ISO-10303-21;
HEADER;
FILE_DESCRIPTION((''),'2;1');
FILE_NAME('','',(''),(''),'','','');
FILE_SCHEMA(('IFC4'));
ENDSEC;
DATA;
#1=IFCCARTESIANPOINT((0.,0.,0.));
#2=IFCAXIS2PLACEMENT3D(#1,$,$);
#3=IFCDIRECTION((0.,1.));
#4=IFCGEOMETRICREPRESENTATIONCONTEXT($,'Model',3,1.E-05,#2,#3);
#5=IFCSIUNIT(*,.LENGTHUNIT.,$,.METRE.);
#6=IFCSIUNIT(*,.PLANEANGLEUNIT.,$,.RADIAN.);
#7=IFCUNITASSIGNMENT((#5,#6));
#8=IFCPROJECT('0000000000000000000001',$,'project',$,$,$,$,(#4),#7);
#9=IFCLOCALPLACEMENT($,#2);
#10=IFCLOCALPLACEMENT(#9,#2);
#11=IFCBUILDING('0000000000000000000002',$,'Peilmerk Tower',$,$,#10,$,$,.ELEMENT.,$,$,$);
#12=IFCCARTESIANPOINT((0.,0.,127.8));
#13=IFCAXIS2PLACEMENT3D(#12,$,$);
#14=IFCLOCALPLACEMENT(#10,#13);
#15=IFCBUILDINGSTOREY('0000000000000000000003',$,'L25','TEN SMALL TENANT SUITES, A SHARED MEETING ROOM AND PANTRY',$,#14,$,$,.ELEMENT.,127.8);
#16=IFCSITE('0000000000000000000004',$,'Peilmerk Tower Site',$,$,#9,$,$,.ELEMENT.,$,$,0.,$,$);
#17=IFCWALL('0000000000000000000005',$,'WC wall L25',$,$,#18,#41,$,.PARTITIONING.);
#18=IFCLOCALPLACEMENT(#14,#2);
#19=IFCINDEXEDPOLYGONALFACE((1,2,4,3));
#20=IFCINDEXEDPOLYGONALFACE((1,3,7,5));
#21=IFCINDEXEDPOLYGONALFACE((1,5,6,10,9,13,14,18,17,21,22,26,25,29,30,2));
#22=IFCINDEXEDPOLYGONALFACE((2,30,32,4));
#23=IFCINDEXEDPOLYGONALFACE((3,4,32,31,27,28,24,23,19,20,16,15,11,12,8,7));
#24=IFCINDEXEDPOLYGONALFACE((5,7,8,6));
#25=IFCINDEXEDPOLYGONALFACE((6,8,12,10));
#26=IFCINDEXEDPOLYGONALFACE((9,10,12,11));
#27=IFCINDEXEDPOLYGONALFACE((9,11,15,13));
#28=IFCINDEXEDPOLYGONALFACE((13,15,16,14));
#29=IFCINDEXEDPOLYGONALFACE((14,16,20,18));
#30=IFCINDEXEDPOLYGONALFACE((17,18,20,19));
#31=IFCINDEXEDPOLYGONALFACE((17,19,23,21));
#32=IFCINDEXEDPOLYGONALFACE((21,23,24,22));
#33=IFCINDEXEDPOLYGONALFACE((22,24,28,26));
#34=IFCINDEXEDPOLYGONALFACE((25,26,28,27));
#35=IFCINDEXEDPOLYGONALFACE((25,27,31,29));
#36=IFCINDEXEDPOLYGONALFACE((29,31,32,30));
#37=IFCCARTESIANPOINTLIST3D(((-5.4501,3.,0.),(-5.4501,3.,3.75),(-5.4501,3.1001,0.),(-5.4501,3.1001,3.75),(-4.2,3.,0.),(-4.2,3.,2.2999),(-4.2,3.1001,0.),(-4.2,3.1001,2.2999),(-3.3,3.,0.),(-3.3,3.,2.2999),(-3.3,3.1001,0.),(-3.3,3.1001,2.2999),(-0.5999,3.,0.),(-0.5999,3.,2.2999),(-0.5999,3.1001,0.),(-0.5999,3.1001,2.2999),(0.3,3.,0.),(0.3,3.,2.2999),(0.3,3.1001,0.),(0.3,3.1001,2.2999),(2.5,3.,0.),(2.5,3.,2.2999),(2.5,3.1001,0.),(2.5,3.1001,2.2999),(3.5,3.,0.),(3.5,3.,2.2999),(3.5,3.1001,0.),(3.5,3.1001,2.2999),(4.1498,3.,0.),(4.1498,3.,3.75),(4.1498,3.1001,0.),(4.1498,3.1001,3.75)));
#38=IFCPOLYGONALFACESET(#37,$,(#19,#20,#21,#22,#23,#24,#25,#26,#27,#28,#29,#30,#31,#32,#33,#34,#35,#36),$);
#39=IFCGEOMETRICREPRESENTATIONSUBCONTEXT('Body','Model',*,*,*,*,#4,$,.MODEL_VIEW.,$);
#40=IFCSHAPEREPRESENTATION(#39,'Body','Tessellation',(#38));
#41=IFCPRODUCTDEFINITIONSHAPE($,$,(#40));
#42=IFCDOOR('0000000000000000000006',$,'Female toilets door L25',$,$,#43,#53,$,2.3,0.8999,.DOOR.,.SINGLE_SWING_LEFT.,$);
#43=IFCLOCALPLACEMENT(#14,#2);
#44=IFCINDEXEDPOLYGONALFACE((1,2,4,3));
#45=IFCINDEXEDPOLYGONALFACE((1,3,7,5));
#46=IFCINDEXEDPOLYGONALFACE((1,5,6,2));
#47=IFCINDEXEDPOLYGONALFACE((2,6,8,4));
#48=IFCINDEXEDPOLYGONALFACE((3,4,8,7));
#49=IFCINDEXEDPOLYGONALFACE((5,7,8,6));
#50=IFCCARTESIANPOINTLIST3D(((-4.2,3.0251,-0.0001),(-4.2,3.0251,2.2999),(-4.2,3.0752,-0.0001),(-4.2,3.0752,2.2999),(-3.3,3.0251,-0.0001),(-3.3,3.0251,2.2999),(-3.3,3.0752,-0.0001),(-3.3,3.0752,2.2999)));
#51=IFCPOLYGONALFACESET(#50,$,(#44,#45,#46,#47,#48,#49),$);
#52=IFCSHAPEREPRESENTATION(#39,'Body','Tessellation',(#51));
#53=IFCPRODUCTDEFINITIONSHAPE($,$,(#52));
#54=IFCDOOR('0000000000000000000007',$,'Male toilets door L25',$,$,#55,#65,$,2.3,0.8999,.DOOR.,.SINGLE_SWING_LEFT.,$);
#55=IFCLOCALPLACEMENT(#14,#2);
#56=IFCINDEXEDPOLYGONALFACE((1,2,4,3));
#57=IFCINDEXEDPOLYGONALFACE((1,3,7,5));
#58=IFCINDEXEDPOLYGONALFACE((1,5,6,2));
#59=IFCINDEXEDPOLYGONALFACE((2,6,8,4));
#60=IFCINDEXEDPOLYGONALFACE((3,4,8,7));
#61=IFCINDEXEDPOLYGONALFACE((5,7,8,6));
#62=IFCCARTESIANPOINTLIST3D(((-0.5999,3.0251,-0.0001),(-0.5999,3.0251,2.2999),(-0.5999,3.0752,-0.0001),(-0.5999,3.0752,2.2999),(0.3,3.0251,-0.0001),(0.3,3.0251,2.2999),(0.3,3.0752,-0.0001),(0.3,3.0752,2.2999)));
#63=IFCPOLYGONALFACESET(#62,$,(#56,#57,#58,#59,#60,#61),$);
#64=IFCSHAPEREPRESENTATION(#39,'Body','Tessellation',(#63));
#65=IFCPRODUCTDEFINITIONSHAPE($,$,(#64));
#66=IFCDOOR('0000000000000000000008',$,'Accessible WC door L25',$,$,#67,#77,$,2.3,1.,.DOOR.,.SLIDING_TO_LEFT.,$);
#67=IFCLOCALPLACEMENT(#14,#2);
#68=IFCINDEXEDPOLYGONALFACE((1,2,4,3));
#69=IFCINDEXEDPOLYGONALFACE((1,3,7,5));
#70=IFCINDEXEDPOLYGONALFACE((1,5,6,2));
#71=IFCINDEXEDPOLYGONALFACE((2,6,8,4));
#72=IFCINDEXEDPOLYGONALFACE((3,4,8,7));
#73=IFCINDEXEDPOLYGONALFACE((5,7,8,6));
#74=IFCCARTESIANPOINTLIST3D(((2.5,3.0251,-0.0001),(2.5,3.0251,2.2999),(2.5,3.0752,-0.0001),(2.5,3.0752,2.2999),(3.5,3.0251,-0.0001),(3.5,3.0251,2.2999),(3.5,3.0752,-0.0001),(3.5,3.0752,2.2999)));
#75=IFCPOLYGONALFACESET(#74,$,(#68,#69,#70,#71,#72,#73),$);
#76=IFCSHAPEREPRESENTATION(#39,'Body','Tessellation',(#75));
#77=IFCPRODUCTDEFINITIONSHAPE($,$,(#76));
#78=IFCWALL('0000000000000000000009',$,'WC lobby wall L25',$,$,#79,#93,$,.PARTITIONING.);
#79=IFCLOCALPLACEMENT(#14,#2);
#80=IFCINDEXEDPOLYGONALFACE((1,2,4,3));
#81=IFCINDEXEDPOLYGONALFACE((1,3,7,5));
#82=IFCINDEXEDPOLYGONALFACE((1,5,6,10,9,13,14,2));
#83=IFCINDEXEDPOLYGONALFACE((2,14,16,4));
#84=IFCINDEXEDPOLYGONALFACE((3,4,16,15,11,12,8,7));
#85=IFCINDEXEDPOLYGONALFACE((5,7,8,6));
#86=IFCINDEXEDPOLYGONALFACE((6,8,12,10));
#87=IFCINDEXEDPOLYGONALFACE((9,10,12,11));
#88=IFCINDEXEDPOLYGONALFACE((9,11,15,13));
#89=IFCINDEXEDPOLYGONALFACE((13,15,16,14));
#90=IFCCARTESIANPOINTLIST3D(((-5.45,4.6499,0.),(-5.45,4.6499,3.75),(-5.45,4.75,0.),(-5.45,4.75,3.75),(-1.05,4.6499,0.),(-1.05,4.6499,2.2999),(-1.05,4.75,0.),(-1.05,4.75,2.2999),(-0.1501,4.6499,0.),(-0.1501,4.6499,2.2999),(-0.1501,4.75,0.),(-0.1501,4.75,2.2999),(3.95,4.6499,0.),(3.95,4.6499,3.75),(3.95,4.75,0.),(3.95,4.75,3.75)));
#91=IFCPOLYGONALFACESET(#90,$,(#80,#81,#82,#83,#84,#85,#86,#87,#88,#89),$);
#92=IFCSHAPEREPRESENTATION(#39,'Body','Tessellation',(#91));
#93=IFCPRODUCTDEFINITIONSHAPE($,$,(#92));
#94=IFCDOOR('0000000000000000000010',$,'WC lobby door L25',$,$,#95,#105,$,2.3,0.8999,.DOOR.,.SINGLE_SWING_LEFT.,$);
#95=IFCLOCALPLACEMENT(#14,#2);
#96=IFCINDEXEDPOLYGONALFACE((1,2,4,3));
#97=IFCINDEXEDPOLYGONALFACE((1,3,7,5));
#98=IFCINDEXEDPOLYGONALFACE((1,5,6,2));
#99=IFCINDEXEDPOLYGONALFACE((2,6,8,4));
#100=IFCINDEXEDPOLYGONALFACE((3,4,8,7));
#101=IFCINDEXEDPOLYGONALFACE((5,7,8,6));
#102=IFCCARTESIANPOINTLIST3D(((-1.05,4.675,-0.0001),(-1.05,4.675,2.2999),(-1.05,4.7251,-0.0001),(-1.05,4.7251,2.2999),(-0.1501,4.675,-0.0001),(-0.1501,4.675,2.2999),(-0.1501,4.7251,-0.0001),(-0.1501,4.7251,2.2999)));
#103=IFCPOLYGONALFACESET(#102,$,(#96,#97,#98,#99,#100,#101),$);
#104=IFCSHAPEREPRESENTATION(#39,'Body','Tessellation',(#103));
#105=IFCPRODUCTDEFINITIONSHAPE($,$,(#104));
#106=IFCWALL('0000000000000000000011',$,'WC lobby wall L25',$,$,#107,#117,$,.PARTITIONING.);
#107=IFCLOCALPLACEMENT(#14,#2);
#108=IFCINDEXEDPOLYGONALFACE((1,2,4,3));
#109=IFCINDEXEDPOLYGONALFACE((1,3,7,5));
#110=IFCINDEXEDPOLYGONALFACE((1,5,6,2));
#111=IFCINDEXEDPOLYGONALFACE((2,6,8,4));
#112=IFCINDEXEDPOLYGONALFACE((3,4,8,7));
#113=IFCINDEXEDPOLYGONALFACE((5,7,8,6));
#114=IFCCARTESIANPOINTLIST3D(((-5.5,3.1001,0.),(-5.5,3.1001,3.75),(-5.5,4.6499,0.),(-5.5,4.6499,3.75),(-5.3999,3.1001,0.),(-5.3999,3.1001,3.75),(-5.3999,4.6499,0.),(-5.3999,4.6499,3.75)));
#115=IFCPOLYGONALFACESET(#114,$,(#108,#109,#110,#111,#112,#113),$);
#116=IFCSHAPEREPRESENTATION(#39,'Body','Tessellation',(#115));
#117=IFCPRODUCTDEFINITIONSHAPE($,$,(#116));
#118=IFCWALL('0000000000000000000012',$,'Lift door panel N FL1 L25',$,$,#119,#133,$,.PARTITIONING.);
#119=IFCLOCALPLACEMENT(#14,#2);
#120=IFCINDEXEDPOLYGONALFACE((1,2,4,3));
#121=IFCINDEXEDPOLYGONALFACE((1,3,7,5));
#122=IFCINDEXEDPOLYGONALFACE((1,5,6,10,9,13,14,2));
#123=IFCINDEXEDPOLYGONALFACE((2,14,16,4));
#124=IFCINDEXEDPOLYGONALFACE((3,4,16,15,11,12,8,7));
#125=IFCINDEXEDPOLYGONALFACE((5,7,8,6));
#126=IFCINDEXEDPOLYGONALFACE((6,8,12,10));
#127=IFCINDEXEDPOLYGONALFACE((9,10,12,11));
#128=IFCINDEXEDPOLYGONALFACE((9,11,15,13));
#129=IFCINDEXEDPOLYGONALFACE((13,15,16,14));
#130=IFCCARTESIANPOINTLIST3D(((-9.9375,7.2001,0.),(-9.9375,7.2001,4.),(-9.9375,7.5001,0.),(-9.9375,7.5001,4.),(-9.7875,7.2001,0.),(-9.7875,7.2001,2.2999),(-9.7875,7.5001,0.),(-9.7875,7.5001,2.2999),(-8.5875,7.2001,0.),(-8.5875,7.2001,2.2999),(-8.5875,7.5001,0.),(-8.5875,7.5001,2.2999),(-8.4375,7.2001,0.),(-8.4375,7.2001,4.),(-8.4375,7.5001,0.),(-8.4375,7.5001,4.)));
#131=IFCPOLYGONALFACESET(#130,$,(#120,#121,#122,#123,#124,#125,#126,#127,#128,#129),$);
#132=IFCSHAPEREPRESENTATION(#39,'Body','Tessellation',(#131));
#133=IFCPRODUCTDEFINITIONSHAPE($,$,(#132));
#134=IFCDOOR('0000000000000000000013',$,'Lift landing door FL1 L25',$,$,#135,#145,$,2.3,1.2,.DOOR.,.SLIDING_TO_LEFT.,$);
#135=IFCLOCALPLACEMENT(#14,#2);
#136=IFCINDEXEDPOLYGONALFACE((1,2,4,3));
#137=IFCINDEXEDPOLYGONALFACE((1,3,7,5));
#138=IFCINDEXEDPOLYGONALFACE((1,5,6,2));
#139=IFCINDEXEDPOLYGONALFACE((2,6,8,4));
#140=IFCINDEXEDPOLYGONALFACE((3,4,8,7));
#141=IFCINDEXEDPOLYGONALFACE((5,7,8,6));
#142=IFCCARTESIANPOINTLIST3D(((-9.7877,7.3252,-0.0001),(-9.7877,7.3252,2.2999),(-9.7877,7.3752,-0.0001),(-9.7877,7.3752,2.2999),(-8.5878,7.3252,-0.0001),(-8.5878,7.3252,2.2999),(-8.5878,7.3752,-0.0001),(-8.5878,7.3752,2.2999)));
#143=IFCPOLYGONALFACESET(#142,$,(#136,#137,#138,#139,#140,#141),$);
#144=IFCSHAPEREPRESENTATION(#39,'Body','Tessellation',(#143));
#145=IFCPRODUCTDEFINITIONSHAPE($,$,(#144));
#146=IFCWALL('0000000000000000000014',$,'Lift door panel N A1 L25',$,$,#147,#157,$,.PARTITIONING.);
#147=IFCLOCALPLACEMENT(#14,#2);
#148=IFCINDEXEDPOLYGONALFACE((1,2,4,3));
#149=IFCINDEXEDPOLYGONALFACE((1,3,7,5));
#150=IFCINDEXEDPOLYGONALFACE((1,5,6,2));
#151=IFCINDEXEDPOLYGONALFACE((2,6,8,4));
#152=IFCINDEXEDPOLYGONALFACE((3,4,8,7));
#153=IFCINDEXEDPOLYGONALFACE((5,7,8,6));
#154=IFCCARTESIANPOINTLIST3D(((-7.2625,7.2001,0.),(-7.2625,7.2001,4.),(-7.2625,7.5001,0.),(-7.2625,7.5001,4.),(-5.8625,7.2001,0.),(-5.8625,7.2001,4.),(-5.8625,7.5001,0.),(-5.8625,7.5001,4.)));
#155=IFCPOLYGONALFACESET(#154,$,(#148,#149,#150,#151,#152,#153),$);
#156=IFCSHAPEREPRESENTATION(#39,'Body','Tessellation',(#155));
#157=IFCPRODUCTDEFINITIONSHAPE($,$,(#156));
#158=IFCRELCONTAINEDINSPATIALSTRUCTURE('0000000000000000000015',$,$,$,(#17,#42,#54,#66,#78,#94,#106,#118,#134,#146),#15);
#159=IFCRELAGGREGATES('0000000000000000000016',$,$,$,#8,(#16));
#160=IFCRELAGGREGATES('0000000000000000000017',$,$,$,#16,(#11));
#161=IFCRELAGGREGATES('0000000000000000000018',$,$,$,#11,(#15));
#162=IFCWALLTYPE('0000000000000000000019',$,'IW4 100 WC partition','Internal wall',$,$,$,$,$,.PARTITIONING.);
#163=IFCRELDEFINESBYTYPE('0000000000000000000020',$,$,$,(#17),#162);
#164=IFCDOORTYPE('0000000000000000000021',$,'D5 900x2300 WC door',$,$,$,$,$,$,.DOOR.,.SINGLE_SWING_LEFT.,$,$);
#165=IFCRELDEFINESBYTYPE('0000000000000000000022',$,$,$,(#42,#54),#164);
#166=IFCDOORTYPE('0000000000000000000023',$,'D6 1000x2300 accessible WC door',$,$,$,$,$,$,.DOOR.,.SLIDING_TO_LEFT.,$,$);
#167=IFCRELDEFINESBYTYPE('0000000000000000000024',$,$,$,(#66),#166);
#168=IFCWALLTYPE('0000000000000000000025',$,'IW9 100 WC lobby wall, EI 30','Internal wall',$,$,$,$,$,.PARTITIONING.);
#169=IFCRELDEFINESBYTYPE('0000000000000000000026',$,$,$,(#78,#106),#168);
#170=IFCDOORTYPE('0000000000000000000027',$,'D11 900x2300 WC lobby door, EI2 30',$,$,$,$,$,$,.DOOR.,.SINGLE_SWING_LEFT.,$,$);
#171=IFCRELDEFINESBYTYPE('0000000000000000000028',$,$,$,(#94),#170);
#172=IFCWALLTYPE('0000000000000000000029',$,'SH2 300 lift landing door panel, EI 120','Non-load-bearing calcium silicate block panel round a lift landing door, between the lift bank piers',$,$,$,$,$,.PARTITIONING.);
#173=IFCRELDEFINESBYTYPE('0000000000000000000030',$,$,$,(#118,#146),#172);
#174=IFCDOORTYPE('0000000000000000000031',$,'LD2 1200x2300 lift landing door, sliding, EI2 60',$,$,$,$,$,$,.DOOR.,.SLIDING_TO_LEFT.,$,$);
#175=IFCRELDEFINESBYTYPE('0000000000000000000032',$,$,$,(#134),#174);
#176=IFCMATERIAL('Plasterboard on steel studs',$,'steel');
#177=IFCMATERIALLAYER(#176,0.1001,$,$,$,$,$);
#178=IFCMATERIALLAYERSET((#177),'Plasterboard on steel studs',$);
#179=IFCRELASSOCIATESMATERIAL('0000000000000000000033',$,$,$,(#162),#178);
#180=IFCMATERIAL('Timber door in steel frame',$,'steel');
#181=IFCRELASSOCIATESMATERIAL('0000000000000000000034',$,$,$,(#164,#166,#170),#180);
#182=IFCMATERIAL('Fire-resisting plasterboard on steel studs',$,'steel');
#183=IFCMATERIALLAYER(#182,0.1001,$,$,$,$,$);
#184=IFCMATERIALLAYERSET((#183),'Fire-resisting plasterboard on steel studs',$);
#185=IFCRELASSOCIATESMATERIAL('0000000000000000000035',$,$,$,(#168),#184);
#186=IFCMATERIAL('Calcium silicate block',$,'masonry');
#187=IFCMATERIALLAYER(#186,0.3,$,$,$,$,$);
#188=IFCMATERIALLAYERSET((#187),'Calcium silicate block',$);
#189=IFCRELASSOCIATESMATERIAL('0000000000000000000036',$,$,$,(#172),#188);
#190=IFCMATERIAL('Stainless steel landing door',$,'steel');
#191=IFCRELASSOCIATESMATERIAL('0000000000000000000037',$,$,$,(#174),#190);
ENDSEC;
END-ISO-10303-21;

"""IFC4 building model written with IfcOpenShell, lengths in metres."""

from ifc_helpers import new_model, si_unit, direction, frame, frame_2d, origin, place, context, subcontext, project, spatial, rectangle, extrude, material, layer, layer_set, type_object, element, fill, save


model = new_model("IFC4")

# Units and contexts
model_context = context("Model", 3, precision=1e-05, world=origin(), true_north=direction((0.0, 1.0)))
body_context = subcontext(model_context, "Body", "Model", "MODEL_VIEW")
ifc_project = project(units=[si_unit("LENGTHUNIT", "METRE"), si_unit("PLANEANGLEUNIT", "RADIAN")], contexts=[model_context])

# Site, building, storey
site_placement = place(None, origin())
site = spatial("IfcSite", under=ifc_project, at=site_placement, Name="Peilmerk Tower Site", CompositionType="ELEMENT", RefElevation=0.0)
building_placement = place(site_placement, origin())
building = spatial("IfcBuilding", under=site, at=building_placement, Name="Peilmerk Tower", CompositionType="ELEMENT")
storey_placement = place(building_placement, frame((0.0, 0.0, 127.8)))
storey = spatial("IfcBuildingStorey", under=building, at=storey_placement, Name="L25", Description="TEN SMALL TENANT SUITES, A SHARED MEETING ROOM AND PANTRY", CompositionType="ELEMENT", Elevation=127.8)

# Wall, openings, doors
ifc_material_1 = material(Name="Plasterboard on steel studs", Category="steel")
ifc_layer_1 = layer(ifc_material_1, 0.1001)
ifc_layer_set_1 = layer_set([ifc_layer_1], Name="Plasterboard on steel studs")
wall_type_1 = type_object("IfcWallType", Name="IW4 100 WC partition", Description="Internal wall", PredefinedType="PARTITIONING", material=ifc_layer_set_1)
wall_1_placement = place(storey_placement, frame((-5.45, 3.05, 0.0), z_axis=(0.0, 0.0, 1.0), x_axis=(1.0, 0.0, 0.0)))
wall_1 = element("IfcWall", 1, at=wall_1_placement, inside=storey, type_object=wall_type_1, Name="WC wall L25", PredefinedType="PARTITIONING", context=body_context, shape_type="SweptSolid", body=[
    extrude(rectangle(XDim=9.5999, YDim=0.1001, at=frame_2d((4.7998, 0.0))), origin(), (0.0, 0.0, 1.0), 3.75),
])
opening_1_placement = place(wall_1_placement, frame((1.25, 0.0, 0.0)))
opening_1 = element("IfcOpeningElement", 2, at=opening_1_placement, cuts=wall_1, PredefinedType="OPENING", context=body_context, shape_type="SweptSolid", body=[
    extrude(rectangle(XDim=0.8999, YDim=2.3, at=frame_2d((0.45, 1.1499))), frame((0.0, 0.0601, 0.0), z_axis=(0.0, -1.0, 0.0), x_axis=(1.0, 0.0, 0.0)), (0.0, 0.0, 1.0), 0.1201),
])
opening_2_placement = place(wall_1_placement, frame((4.8501, 0.0, 0.0)))
opening_2 = element("IfcOpeningElement", 3, at=opening_2_placement, cuts=wall_1, PredefinedType="OPENING", context=body_context, shape_type="SweptSolid", body=[
    extrude(rectangle(XDim=0.8999, YDim=2.3, at=frame_2d((0.45, 1.1499))), frame((0.0, 0.0601, 0.0), z_axis=(0.0, -1.0, 0.0), x_axis=(1.0, 0.0, 0.0)), (0.0, 0.0, 1.0), 0.1201),
])
opening_3_placement = place(wall_1_placement, frame((7.95, 0.0, 0.0)))
opening_3 = element("IfcOpeningElement", 4, at=opening_3_placement, cuts=wall_1, PredefinedType="OPENING", context=body_context, shape_type="SweptSolid", body=[
    extrude(rectangle(XDim=1.0, YDim=2.3, at=frame_2d((0.5, 1.1499))), frame((0.0, 0.0601, 0.0), z_axis=(0.0, -1.0, 0.0), x_axis=(1.0, 0.0, 0.0)), (0.0, 0.0, 1.0), 0.1201),
])
ifc_material_2 = material(Name="Timber door in steel frame", Category="steel")
door_type_1 = type_object("IfcDoorType", Name="D5 900x2300 WC door", OperationType="SINGLE_SWING_LEFT", PredefinedType="DOOR", material=ifc_material_2)
door_1_placement = place(opening_1_placement, frame((0.8999, 0.0, 0.0), z_axis=(0.0, 0.0, 1.0), x_axis=(-1.0, 0.0, 0.0)))
door_1 = element("IfcDoor", 5, at=door_1_placement, inside=storey, type_object=door_type_1, Name="Female toilets door L25", OperationType="SINGLE_SWING_LEFT", OverallHeight=2.3, OverallWidth=0.8999, PredefinedType="DOOR", context=body_context, shape_type="SweptSolid", body=[
    extrude(rectangle(XDim=0.8999, YDim=2.3, at=frame_2d((0.45, 1.1499))), frame((0.0, 0.0249, 0.0), z_axis=(0.0, -1.0, 0.0), x_axis=(1.0, 0.0, 0.0)), (0.0, 0.0, 1.0), 0.05),
])
fill(opening_1, door_1)
door_2_placement = place(opening_2_placement, frame((0.8999, 0.0, 0.0), z_axis=(0.0, 0.0, 1.0), x_axis=(-1.0, 0.0, 0.0)))
door_2 = element("IfcDoor", 6, at=door_2_placement, inside=storey, type_object=door_type_1, Name="Male toilets door L25", OperationType="SINGLE_SWING_LEFT", OverallHeight=2.3, OverallWidth=0.8999, PredefinedType="DOOR", context=body_context, shape_type="SweptSolid", body=[
    extrude(rectangle(XDim=0.8999, YDim=2.3, at=frame_2d((0.45, 1.1499))), frame((0.0, 0.0249, 0.0), z_axis=(0.0, -1.0, 0.0), x_axis=(1.0, 0.0, 0.0)), (0.0, 0.0, 1.0), 0.05),
])
fill(opening_2, door_2)
door_type_2 = type_object("IfcDoorType", Name="D6 1000x2300 accessible WC door", OperationType="SLIDING_TO_LEFT", PredefinedType="DOOR", material=ifc_material_2)
door_3_placement = place(opening_3_placement, frame((1.0, 0.0, 0.0), z_axis=(0.0, 0.0, 1.0), x_axis=(-1.0, 0.0, 0.0)))
door_3 = element("IfcDoor", 7, at=door_3_placement, inside=storey, type_object=door_type_2, Name="Accessible WC door L25", OperationType="SLIDING_TO_LEFT", OverallHeight=2.3, OverallWidth=1.0, PredefinedType="DOOR", context=body_context, shape_type="SweptSolid", body=[
    extrude(rectangle(XDim=1.0, YDim=2.3, at=frame_2d((0.5, 1.1499))), frame((0.0, 0.0249, 0.0), z_axis=(0.0, -1.0, 0.0), x_axis=(1.0, 0.0, 0.0)), (0.0, 0.0, 1.0), 0.05),
])
fill(opening_3, door_3)

# Wall, opening, door
ifc_material_3 = material(Name="Fire-resisting plasterboard on steel studs", Category="steel")
ifc_layer_2 = layer(ifc_material_3, 0.1001)
ifc_layer_set_2 = layer_set([ifc_layer_2], Name="Fire-resisting plasterboard on steel studs")
wall_type_2 = type_object("IfcWallType", Name="IW9 100 WC lobby wall, EI 30", Description="Internal wall", PredefinedType="PARTITIONING", material=ifc_layer_set_2)
wall_2_placement = place(storey_placement, frame((-5.45, 4.7, 0.0), z_axis=(0.0, 0.0, 1.0), x_axis=(1.0, 0.0, 0.0)))
wall_2 = element("IfcWall", 8, at=wall_2_placement, inside=storey, type_object=wall_type_2, Name="WC lobby wall L25", PredefinedType="PARTITIONING", context=body_context, shape_type="SweptSolid", body=[
    extrude(rectangle(XDim=9.3999, YDim=0.1001, at=frame_2d((4.7, 0.0))), origin(), (0.0, 0.0, 1.0), 3.75),
])
opening_4_placement = place(wall_2_placement, frame((4.3999, 0.0, 0.0)))
opening_4 = element("IfcOpeningElement", 9, at=opening_4_placement, cuts=wall_2, PredefinedType="OPENING", context=body_context, shape_type="SweptSolid", body=[
    extrude(rectangle(XDim=0.8999, YDim=2.3, at=frame_2d((0.45, 1.1499))), frame((0.0, 0.0601, 0.0), z_axis=(0.0, -1.0, 0.0), x_axis=(1.0, 0.0, 0.0)), (0.0, 0.0, 1.0), 0.1201),
])
door_type_3 = type_object("IfcDoorType", Name="D11 900x2300 WC lobby door, EI2 30", OperationType="SINGLE_SWING_LEFT", PredefinedType="DOOR", material=ifc_material_2)
door_4_placement = place(opening_4_placement, frame((0.8999, 0.0, 0.0), z_axis=(0.0, 0.0, 1.0), x_axis=(-1.0, 0.0, 0.0)))
door_4 = element("IfcDoor", 10, at=door_4_placement, inside=storey, type_object=door_type_3, Name="WC lobby door L25", OperationType="SINGLE_SWING_LEFT", OverallHeight=2.3, OverallWidth=0.8999, PredefinedType="DOOR", context=body_context, shape_type="SweptSolid", body=[
    extrude(rectangle(XDim=0.8999, YDim=2.3, at=frame_2d((0.45, 1.1499))), frame((0.0, 0.0249, 0.0), z_axis=(0.0, -1.0, 0.0), x_axis=(1.0, 0.0, 0.0)), (0.0, 0.0, 1.0), 0.05),
])
fill(opening_4, door_4)

# Wall
wall_3_placement = place(storey_placement, frame((-5.45, 3.1001, 0.0), z_axis=(0.0, 0.0, 1.0), x_axis=(0.0, 1.0, 0.0)))
element("IfcWall", 11, at=wall_3_placement, inside=storey, type_object=wall_type_2, Name="WC lobby wall L25", PredefinedType="PARTITIONING", context=body_context, shape_type="SweptSolid", body=[
    extrude(rectangle(XDim=1.5498, YDim=0.1001, at=frame_2d((0.7749, 0.0))), origin(), (0.0, 0.0, 1.0), 3.75),
])

# Wall, opening, door
ifc_material_4 = material(Name="Calcium silicate block", Category="masonry")
ifc_layer_3 = layer(ifc_material_4, 0.3)
ifc_layer_set_3 = layer_set([ifc_layer_3], Name="Calcium silicate block")
wall_type_3 = type_object("IfcWallType", Name="SH2 300 lift landing door panel, EI 120", Description="Non-load-bearing calcium silicate block panel round a lift landing door, between the lift bank piers", PredefinedType="PARTITIONING", material=ifc_layer_set_3)
wall_4_placement = place(storey_placement, frame((-9.9375, 7.3501, 0.0), z_axis=(0.0, 0.0, 1.0), x_axis=(1.0, 0.0, 0.0)))
wall_4 = element("IfcWall", 12, at=wall_4_placement, inside=storey, type_object=wall_type_3, Name="Lift door panel N FL1 L25", PredefinedType="PARTITIONING", context=body_context, shape_type="SweptSolid", body=[
    extrude(rectangle(XDim=1.5, YDim=0.3, at=frame_2d((0.75, 0.0))), origin(), (0.0, 0.0, 1.0), 4.0),
])
opening_5_placement = place(wall_4_placement, frame((0.1499, 0.0, 0.0)))
opening_5 = element("IfcOpeningElement", 13, at=opening_5_placement, cuts=wall_4, PredefinedType="OPENING", context=body_context, shape_type="SweptSolid", body=[
    extrude(rectangle(XDim=1.2, YDim=2.3, at=frame_2d((0.6001, 1.1499))), frame((0.0, 0.1599, 0.0), z_axis=(0.0, -1.0, 0.0), x_axis=(1.0, 0.0, 0.0)), (0.0, 0.0, 1.0), 0.3201),
])
ifc_material_5 = material(Name="Stainless steel landing door", Category="steel")
door_type_4 = type_object("IfcDoorType", Name="LD2 1200x2300 lift landing door, sliding, EI2 60", OperationType="SLIDING_TO_LEFT", PredefinedType="DOOR", material=ifc_material_5)
door_5_placement = place(opening_5_placement, frame((1.2, 0.0, 0.0), z_axis=(0.0, 0.0, 1.0), x_axis=(-1.0, 0.0, 0.0)))
door_5 = element("IfcDoor", 14, at=door_5_placement, inside=storey, type_object=door_type_4, Name="Lift landing door FL1 L25", OperationType="SLIDING_TO_LEFT", OverallHeight=2.3, OverallWidth=1.2, PredefinedType="DOOR", context=body_context, shape_type="SweptSolid", body=[
    extrude(rectangle(XDim=1.2, YDim=2.3, at=frame_2d((0.6001, 1.1499))), frame((0.0, 0.0249, 0.0), z_axis=(0.0, -1.0, 0.0), x_axis=(1.0, 0.0, 0.0)), (0.0, 0.0, 1.0), 0.05),
])
fill(opening_5, door_5)

# Wall
for number, where, z_axis, x_axis, name in (
    (15, (-7.2625, 7.3501, 0.0), (0.0, 0.0, 1.0), (1.0, 0.0, 0.0), "Lift door panel N A1 L25"),
):
    element("IfcWall", number, at=place(storey_placement, frame(where, z_axis=z_axis, x_axis=x_axis)), inside=storey, type_object=wall_type_3, Name=name, PredefinedType="PARTITIONING", context=body_context, shape_type="SweptSolid", body=[
        extrude(rectangle(XDim=1.3999, YDim=0.3, at=frame_2d((0.7, 0.0))), origin(), (0.0, 0.0, 1.0), 4.0),
    ])

save(model, "model.ifc")
